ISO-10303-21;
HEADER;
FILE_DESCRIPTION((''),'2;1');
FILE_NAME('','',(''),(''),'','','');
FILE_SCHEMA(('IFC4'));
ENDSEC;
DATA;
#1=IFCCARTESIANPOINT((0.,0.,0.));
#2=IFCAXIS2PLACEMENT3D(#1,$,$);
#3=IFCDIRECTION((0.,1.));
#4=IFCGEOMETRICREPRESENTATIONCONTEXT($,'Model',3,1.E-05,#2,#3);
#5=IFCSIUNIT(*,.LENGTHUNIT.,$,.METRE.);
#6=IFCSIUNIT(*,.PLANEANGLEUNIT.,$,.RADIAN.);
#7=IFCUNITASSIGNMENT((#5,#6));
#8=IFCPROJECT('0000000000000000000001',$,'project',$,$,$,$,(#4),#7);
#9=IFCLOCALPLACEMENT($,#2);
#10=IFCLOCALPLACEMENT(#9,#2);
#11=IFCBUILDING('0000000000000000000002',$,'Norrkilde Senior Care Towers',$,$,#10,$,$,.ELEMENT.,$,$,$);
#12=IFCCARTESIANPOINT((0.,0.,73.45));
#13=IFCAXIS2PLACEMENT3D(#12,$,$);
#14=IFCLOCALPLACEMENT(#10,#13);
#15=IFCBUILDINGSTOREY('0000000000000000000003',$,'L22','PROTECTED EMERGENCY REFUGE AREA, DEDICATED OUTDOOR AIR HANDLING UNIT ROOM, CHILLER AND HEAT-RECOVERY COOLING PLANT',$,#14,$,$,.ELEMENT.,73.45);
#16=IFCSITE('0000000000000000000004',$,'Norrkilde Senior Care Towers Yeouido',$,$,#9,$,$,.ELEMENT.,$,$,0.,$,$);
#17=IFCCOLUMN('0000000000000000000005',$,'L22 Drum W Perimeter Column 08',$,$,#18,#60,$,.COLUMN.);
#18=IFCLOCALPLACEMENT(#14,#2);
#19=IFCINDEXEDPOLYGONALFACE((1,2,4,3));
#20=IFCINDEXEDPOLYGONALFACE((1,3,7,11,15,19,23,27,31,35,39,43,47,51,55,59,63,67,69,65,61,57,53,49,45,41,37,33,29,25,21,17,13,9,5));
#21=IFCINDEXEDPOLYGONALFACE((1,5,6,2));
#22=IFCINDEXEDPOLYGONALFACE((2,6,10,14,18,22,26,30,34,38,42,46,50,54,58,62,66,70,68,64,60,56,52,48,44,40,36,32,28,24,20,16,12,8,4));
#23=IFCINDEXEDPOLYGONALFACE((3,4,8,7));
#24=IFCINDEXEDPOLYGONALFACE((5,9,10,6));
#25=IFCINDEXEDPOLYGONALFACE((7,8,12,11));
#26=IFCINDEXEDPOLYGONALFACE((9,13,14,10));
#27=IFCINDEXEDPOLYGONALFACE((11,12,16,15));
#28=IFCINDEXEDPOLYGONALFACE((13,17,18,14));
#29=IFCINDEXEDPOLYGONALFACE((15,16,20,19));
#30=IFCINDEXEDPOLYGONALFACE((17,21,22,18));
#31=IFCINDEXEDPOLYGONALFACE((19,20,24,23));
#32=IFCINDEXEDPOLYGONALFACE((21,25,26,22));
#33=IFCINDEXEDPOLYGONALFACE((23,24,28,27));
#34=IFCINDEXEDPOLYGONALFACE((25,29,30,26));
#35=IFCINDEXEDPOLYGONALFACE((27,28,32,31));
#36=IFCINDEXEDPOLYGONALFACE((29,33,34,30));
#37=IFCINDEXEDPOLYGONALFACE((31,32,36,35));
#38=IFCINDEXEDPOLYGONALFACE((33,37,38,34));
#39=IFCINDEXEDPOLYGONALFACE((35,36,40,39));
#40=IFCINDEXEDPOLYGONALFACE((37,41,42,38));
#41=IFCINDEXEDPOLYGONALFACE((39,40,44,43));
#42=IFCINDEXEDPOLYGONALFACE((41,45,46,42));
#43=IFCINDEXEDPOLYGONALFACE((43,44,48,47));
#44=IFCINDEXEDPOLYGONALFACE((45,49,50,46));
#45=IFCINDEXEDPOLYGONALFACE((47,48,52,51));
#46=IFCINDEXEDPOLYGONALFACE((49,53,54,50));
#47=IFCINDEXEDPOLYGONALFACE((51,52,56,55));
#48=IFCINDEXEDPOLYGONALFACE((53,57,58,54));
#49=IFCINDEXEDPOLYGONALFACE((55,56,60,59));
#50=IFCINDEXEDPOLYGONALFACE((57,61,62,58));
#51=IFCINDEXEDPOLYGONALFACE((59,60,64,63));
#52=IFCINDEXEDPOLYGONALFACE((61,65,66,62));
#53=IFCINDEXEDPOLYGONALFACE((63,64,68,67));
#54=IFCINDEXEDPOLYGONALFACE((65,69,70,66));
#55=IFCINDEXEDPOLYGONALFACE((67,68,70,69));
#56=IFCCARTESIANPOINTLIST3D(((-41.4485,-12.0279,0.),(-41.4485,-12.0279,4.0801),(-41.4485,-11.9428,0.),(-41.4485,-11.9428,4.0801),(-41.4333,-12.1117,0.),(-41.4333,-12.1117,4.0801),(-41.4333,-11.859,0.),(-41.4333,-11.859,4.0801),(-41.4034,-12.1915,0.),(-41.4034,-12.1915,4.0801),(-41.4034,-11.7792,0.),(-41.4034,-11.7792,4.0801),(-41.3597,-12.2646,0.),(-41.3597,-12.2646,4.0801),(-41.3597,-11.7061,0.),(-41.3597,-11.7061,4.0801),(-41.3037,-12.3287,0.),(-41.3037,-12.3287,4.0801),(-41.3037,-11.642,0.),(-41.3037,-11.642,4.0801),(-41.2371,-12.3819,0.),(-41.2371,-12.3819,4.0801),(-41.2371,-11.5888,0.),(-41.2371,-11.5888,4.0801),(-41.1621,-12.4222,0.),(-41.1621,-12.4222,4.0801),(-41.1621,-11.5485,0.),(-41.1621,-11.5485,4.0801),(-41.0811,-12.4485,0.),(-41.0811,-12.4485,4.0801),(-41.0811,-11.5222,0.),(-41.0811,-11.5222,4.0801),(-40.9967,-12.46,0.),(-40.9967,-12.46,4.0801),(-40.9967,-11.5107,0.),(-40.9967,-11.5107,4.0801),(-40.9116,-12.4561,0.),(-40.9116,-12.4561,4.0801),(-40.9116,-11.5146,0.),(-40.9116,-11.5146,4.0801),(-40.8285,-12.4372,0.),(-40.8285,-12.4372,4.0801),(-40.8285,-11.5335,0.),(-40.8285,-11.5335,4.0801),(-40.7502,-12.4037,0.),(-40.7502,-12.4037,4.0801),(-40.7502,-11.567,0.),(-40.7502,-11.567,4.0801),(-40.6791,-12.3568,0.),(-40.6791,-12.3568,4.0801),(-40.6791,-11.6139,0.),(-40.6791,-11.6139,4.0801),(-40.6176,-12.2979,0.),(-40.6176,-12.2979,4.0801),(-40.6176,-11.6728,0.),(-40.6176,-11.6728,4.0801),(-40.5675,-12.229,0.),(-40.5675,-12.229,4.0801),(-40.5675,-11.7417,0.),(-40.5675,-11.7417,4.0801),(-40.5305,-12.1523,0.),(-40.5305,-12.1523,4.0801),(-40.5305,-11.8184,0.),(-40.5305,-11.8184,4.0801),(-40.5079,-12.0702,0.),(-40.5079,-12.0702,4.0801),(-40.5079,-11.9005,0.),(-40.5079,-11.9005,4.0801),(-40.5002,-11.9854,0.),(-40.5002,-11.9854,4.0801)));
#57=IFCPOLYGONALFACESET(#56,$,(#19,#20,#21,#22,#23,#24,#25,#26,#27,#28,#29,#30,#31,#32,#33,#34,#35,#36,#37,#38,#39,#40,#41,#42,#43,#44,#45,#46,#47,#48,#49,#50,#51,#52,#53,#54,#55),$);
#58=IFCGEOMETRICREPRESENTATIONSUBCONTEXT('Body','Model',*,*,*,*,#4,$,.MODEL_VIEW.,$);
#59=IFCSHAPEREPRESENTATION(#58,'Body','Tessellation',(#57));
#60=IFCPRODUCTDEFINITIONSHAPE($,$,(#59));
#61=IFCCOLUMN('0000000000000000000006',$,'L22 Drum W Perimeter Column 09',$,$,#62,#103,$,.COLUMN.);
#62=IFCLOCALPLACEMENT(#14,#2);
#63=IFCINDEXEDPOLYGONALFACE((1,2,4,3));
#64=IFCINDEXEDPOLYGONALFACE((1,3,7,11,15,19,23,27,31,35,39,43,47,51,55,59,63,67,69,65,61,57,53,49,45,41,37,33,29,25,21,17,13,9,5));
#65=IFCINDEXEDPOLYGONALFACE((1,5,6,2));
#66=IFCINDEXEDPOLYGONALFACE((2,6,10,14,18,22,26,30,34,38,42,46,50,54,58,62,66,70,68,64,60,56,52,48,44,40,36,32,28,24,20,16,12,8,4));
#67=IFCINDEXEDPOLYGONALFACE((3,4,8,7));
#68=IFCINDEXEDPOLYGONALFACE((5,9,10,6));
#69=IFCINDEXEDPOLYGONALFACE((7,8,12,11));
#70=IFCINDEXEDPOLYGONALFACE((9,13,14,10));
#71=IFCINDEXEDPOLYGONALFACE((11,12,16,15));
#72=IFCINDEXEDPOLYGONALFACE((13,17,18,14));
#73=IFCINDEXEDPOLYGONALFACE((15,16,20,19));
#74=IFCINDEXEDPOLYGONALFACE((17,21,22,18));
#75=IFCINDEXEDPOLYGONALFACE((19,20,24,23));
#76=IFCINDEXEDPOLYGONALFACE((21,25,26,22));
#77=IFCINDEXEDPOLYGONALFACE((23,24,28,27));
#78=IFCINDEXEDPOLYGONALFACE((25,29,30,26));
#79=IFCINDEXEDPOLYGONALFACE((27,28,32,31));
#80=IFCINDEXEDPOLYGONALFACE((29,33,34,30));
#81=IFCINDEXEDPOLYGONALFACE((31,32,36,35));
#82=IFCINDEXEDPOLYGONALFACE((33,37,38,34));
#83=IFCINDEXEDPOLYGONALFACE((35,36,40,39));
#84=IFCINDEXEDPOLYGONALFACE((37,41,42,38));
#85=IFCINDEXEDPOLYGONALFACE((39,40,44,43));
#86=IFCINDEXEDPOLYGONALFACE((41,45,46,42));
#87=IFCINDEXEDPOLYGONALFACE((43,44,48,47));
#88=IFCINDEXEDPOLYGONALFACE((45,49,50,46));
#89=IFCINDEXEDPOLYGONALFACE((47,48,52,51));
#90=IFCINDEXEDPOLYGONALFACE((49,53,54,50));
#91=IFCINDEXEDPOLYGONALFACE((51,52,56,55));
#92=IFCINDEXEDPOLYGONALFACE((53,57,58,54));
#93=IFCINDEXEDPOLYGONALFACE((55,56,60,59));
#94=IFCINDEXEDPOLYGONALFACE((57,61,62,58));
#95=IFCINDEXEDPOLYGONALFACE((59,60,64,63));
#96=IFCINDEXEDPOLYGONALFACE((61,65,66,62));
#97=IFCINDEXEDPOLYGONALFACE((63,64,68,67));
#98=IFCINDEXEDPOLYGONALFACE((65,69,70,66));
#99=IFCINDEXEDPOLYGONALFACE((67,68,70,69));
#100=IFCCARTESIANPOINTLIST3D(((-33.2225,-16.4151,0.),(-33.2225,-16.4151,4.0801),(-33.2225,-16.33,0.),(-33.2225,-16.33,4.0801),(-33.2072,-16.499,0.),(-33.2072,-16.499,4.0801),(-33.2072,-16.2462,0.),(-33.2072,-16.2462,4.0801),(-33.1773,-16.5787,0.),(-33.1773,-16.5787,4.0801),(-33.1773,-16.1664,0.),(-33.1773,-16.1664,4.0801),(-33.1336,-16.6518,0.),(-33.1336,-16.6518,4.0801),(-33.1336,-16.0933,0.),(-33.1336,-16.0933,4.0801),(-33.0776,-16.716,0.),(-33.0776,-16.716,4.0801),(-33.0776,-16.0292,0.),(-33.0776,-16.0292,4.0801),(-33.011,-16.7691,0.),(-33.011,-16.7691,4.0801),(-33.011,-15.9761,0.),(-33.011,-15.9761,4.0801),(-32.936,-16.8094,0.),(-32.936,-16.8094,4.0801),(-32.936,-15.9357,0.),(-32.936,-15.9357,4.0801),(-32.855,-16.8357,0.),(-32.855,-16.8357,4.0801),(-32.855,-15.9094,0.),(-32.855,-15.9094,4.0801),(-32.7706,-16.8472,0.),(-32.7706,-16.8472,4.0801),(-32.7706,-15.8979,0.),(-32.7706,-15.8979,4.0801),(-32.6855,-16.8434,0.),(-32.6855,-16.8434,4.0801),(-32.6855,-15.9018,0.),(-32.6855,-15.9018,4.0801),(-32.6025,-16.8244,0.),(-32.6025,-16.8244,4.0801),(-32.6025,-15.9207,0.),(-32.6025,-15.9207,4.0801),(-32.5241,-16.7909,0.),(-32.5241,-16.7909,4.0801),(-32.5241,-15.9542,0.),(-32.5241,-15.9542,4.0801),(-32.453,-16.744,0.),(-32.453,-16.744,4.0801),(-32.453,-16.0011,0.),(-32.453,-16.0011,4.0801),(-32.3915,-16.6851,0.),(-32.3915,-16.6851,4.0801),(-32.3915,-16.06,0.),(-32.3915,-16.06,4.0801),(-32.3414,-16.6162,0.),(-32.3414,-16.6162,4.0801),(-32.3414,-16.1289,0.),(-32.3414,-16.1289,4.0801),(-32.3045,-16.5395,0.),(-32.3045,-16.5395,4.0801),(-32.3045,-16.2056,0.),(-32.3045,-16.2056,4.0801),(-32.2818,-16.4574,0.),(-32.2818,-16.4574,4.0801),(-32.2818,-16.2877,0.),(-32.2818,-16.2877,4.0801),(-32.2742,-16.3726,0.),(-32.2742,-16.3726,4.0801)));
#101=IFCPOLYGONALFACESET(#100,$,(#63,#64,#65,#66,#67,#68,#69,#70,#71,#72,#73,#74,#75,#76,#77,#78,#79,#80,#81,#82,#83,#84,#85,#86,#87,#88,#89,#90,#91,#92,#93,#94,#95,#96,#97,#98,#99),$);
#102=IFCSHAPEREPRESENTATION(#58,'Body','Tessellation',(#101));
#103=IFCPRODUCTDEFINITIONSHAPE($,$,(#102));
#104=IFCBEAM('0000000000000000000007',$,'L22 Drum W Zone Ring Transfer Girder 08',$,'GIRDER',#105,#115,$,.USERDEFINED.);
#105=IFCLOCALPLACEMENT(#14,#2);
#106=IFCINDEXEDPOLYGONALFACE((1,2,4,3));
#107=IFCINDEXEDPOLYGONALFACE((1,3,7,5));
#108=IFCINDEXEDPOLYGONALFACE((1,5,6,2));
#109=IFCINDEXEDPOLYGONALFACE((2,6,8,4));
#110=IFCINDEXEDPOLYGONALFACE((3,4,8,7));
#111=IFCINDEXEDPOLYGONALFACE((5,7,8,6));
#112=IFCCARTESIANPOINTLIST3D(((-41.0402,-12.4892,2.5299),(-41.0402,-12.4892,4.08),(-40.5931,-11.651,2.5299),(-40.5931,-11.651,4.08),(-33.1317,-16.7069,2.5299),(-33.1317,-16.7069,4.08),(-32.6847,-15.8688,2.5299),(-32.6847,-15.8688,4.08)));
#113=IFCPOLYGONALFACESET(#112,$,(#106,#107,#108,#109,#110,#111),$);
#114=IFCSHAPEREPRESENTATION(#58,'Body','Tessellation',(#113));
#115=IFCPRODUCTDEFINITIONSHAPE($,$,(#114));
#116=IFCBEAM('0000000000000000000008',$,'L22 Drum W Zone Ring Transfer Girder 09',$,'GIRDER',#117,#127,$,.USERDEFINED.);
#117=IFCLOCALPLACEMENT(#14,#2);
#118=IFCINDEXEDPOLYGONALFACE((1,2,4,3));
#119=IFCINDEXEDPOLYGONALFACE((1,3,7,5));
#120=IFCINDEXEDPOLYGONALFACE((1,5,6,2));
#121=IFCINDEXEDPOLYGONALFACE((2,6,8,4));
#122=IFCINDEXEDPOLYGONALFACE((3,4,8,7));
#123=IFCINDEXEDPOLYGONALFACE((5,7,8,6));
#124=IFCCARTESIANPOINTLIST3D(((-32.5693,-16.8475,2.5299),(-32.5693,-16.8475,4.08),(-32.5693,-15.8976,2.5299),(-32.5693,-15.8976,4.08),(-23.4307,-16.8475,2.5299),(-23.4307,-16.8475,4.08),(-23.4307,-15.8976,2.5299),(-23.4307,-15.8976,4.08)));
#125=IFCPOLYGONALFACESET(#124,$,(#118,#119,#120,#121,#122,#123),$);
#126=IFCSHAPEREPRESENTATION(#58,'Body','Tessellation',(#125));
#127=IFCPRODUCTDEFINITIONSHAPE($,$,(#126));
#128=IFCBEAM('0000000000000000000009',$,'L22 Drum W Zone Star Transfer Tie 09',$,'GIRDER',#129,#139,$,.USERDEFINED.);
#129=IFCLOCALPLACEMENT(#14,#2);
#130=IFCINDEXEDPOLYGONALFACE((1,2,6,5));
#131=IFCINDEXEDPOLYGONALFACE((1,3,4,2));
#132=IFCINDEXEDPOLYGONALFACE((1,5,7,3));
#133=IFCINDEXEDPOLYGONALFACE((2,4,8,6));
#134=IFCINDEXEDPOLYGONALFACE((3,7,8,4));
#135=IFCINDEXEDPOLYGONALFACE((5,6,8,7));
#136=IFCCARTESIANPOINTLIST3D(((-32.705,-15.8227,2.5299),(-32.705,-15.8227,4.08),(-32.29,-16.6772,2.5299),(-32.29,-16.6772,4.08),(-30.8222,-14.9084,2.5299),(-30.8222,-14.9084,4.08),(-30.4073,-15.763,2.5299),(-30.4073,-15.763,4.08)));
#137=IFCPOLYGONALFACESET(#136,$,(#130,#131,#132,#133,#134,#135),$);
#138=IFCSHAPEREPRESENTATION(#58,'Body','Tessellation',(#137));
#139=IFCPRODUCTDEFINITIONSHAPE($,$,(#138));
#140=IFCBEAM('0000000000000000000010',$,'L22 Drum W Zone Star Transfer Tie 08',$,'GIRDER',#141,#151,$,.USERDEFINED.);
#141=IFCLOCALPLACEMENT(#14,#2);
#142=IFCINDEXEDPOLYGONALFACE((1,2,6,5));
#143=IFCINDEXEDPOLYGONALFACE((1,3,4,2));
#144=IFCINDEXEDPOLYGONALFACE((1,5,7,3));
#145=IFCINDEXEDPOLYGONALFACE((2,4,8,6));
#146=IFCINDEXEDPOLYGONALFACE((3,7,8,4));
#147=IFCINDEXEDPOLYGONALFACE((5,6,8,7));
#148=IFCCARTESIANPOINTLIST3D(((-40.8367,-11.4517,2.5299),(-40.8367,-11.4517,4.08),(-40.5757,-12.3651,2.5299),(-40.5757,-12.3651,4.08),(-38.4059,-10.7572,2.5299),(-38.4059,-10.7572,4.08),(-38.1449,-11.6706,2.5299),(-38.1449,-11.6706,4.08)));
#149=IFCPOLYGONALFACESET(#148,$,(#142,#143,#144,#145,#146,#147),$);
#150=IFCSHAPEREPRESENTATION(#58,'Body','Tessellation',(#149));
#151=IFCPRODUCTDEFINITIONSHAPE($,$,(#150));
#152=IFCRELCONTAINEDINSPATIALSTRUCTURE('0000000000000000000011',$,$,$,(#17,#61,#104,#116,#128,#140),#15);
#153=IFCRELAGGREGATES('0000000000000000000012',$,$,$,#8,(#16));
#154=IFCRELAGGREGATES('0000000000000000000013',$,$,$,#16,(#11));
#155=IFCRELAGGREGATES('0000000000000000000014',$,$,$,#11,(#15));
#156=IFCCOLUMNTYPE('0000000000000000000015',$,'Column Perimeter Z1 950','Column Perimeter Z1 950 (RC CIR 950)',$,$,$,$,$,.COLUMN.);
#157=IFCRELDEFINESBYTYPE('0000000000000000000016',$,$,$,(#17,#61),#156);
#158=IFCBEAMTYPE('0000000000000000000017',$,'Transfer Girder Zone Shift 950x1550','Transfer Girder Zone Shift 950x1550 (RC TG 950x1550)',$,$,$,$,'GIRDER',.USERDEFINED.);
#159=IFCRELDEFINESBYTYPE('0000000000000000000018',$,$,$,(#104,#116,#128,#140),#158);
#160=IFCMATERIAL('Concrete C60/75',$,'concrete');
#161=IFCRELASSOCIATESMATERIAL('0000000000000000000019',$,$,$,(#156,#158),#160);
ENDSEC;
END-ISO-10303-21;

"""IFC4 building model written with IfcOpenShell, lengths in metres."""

from ifc_helpers import new_model, si_unit, direction, frame, origin, origin_2d, place, context, subcontext, project, spatial, rectangle, circle, extrude, source, transform, mapped, material, material_profile, profile_set, type_object, type_shapes, element, save


model = new_model("IFC4")

# Units and contexts
model_context = context("Model", 3, precision=1e-05, world=origin(), true_north=direction((0.0, 1.0)))
body_context = subcontext(model_context, "Body", "Model", "MODEL_VIEW")
ifc_project = project(units=[si_unit("LENGTHUNIT", "METRE"), si_unit("PLANEANGLEUNIT", "RADIAN")], contexts=[model_context])

# Site, building, storey
site_placement = place(None, origin())
site = spatial("IfcSite", under=ifc_project, at=site_placement, Name="Norrkilde Senior Care Towers Yeouido", CompositionType="ELEMENT", RefElevation=0.0)
building_placement = place(site_placement, origin())
building = spatial("IfcBuilding", under=site, at=building_placement, Name="Norrkilde Senior Care Towers", CompositionType="ELEMENT")
storey_placement = place(building_placement, frame((0.0, 0.0, 73.45)))
storey = spatial("IfcBuildingStorey", under=building, at=storey_placement, Name="L22", Description="PROTECTED EMERGENCY REFUGE AREA, DEDICATED OUTDOOR AIR HANDLING UNIT ROOM, CHILLER AND HEAT-RECOVERY COOLING PLANT", CompositionType="ELEMENT", Elevation=73.45)

# Columns
ifc_material_1 = material(Name="Concrete C60/75", Category="concrete")
ifc_material_profile_1 = material_profile(ifc_material_1, circle(Radius=0.4751, at=origin_2d()), Name="RC CIR 950")
ifc_profile_set_1 = profile_set([ifc_material_profile_1], Name="Concrete C60/75")
column_type = type_object("IfcColumnType", Name="Column Perimeter Z1 950", Description="Column Perimeter Z1 950 (RC CIR 950)", PredefinedType="COLUMN", material=ifc_profile_set_1)
shared_shape_1 = source(origin(), body_context, "Body", "SweptSolid", [
    extrude(circle(Radius=0.4751, at=origin_2d()), origin(), (0.0, 0.0, 1.0), 4.0801),
])
type_shapes(column_type, [shared_shape_1])
for number, where, z_axis, x_axis, name in (
    (1, (-40.9753, -11.9854, 0.0), (0.0, 0.0, 1.0), (1.0, 0.0, 0.0), "L22 Drum W Perimeter Column 08"),
    (2, (-32.7493, -16.3726, 0.0), (0.0, 0.0, 1.0), (1.0, 0.0, 0.0), "L22 Drum W Perimeter Column 09"),
):
    element("IfcColumn", number, at=place(storey_placement, frame(where, z_axis=z_axis, x_axis=x_axis)), inside=storey, type_object=column_type, Name=name, PredefinedType="COLUMN", context=body_context, shape_type="MappedRepresentation", body=[
        mapped(shared_shape_1, transform((0.0, 0.0, 0.0), x_axis=(1.0, 0.0, 0.0), y_axis=(0.0, 1.0, 0.0), z_axis=(0.0, 0.0, 1.0), scale=1.0)),
    ])

# Beams
ifc_material_profile_2 = material_profile(ifc_material_1, rectangle(XDim=0.95, YDim=1.55, at=origin_2d()), Name="RC TG 950x1550")
ifc_profile_set_2 = profile_set([ifc_material_profile_2], Name="Concrete C60/75")
beam_type = type_object("IfcBeamType", Name="Transfer Girder Zone Shift 950x1550", Description="Transfer Girder Zone Shift 950x1550 (RC TG 950x1550)", ElementType="GIRDER", PredefinedType="USERDEFINED", material=ifc_profile_set_2)
shared_shape_2 = source(origin(), body_context, "Body", "SweptSolid", [
    extrude(rectangle(XDim=0.95, YDim=1.55, at=origin_2d()), origin(), (0.0, 0.0, 1.0), 8.9629),
])
beam_1_placement = place(storey_placement, frame((-40.8167, -12.0701, 3.3049), z_axis=(0.882356, -0.470583, 0.0), x_axis=(0.470583, 0.882356, 0.0)))
element("IfcBeam", 3, at=beam_1_placement, inside=storey, type_object=beam_type, Name="L22 Drum W Zone Ring Transfer Girder 08", ObjectType="GIRDER", PredefinedType="USERDEFINED", context=body_context, shape_type="MappedRepresentation", body=[
    mapped(shared_shape_2, transform((0.0, 0.0, 0.0), x_axis=(1.0, 0.0, 0.0), y_axis=(0.0, 1.0, 0.0), z_axis=(0.0, 0.0, 1.0), scale=1.0)),
])
shared_shape_3 = source(origin(), body_context, "Body", "SweptSolid", [
    extrude(rectangle(XDim=0.95, YDim=1.55, at=origin_2d()), origin(), (0.0, 0.0, 1.0), 9.1387),
])
beam_2_placement = place(storey_placement, frame((-32.5693, -16.3726, 3.3049), z_axis=(1.0, 0.0, 0.0), x_axis=(0.0, 1.0, 0.0)))
element("IfcBeam", 4, at=beam_2_placement, inside=storey, type_object=beam_type, Name="L22 Drum W Zone Ring Transfer Girder 09", ObjectType="GIRDER", PredefinedType="USERDEFINED", context=body_context, shape_type="MappedRepresentation", body=[
    mapped(shared_shape_3, transform((0.0, 0.0, 0.0), x_axis=(1.0, 0.0, 0.0), y_axis=(0.0, 1.0, 0.0), z_axis=(0.0, 0.0, 1.0), scale=1.0)),
])
shared_shape_4 = source(origin(), body_context, "Body", "SweptSolid", [
    extrude(rectangle(XDim=0.95, YDim=1.55, at=origin_2d()), origin(), (0.0, 0.0, 1.0), 2.093),
])
beam_3_placement = place(storey_placement, frame((-30.6147, -15.3357, 3.3049), z_axis=(-0.899546, -0.436826, 0.0), x_axis=(0.436826, -0.899546, 0.0)))
element("IfcBeam", 5, at=beam_3_placement, inside=storey, type_object=beam_type, Name="L22 Drum W Zone Star Transfer Tie 09", ObjectType="GIRDER", PredefinedType="USERDEFINED", context=body_context, shape_type="MappedRepresentation", body=[
    mapped(shared_shape_4, transform((0.0, 0.0, 0.0), x_axis=(1.0, 0.0, 0.0), y_axis=(0.0, 1.0, 0.0), z_axis=(0.0, 0.0, 1.0), scale=1.0)),
])
shared_shape_5 = source(origin(), body_context, "Body", "SweptSolid", [
    extrude(rectangle(XDim=0.95, YDim=1.55, at=origin_2d()), origin(), (0.0, 0.0, 1.0), 2.5281),
])
type_shapes(beam_type, [shared_shape_2, shared_shape_3, shared_shape_4, shared_shape_5])
beam_4_placement = place(storey_placement, frame((-38.2754, -11.2139, 3.3049), z_axis=(-0.96152, -0.274734, 0.0), x_axis=(0.274734, -0.96152, 0.0)))
element("IfcBeam", 6, at=beam_4_placement, inside=storey, type_object=beam_type, Name="L22 Drum W Zone Star Transfer Tie 08", ObjectType="GIRDER", PredefinedType="USERDEFINED", context=body_context, shape_type="MappedRepresentation", body=[
    mapped(shared_shape_5, transform((0.0, 0.0, 0.0), x_axis=(1.0, 0.0, 0.0), y_axis=(0.0, 1.0, 0.0), z_axis=(0.0, 0.0, 1.0), scale=1.0)),
])

save(model, "model.ifc")
